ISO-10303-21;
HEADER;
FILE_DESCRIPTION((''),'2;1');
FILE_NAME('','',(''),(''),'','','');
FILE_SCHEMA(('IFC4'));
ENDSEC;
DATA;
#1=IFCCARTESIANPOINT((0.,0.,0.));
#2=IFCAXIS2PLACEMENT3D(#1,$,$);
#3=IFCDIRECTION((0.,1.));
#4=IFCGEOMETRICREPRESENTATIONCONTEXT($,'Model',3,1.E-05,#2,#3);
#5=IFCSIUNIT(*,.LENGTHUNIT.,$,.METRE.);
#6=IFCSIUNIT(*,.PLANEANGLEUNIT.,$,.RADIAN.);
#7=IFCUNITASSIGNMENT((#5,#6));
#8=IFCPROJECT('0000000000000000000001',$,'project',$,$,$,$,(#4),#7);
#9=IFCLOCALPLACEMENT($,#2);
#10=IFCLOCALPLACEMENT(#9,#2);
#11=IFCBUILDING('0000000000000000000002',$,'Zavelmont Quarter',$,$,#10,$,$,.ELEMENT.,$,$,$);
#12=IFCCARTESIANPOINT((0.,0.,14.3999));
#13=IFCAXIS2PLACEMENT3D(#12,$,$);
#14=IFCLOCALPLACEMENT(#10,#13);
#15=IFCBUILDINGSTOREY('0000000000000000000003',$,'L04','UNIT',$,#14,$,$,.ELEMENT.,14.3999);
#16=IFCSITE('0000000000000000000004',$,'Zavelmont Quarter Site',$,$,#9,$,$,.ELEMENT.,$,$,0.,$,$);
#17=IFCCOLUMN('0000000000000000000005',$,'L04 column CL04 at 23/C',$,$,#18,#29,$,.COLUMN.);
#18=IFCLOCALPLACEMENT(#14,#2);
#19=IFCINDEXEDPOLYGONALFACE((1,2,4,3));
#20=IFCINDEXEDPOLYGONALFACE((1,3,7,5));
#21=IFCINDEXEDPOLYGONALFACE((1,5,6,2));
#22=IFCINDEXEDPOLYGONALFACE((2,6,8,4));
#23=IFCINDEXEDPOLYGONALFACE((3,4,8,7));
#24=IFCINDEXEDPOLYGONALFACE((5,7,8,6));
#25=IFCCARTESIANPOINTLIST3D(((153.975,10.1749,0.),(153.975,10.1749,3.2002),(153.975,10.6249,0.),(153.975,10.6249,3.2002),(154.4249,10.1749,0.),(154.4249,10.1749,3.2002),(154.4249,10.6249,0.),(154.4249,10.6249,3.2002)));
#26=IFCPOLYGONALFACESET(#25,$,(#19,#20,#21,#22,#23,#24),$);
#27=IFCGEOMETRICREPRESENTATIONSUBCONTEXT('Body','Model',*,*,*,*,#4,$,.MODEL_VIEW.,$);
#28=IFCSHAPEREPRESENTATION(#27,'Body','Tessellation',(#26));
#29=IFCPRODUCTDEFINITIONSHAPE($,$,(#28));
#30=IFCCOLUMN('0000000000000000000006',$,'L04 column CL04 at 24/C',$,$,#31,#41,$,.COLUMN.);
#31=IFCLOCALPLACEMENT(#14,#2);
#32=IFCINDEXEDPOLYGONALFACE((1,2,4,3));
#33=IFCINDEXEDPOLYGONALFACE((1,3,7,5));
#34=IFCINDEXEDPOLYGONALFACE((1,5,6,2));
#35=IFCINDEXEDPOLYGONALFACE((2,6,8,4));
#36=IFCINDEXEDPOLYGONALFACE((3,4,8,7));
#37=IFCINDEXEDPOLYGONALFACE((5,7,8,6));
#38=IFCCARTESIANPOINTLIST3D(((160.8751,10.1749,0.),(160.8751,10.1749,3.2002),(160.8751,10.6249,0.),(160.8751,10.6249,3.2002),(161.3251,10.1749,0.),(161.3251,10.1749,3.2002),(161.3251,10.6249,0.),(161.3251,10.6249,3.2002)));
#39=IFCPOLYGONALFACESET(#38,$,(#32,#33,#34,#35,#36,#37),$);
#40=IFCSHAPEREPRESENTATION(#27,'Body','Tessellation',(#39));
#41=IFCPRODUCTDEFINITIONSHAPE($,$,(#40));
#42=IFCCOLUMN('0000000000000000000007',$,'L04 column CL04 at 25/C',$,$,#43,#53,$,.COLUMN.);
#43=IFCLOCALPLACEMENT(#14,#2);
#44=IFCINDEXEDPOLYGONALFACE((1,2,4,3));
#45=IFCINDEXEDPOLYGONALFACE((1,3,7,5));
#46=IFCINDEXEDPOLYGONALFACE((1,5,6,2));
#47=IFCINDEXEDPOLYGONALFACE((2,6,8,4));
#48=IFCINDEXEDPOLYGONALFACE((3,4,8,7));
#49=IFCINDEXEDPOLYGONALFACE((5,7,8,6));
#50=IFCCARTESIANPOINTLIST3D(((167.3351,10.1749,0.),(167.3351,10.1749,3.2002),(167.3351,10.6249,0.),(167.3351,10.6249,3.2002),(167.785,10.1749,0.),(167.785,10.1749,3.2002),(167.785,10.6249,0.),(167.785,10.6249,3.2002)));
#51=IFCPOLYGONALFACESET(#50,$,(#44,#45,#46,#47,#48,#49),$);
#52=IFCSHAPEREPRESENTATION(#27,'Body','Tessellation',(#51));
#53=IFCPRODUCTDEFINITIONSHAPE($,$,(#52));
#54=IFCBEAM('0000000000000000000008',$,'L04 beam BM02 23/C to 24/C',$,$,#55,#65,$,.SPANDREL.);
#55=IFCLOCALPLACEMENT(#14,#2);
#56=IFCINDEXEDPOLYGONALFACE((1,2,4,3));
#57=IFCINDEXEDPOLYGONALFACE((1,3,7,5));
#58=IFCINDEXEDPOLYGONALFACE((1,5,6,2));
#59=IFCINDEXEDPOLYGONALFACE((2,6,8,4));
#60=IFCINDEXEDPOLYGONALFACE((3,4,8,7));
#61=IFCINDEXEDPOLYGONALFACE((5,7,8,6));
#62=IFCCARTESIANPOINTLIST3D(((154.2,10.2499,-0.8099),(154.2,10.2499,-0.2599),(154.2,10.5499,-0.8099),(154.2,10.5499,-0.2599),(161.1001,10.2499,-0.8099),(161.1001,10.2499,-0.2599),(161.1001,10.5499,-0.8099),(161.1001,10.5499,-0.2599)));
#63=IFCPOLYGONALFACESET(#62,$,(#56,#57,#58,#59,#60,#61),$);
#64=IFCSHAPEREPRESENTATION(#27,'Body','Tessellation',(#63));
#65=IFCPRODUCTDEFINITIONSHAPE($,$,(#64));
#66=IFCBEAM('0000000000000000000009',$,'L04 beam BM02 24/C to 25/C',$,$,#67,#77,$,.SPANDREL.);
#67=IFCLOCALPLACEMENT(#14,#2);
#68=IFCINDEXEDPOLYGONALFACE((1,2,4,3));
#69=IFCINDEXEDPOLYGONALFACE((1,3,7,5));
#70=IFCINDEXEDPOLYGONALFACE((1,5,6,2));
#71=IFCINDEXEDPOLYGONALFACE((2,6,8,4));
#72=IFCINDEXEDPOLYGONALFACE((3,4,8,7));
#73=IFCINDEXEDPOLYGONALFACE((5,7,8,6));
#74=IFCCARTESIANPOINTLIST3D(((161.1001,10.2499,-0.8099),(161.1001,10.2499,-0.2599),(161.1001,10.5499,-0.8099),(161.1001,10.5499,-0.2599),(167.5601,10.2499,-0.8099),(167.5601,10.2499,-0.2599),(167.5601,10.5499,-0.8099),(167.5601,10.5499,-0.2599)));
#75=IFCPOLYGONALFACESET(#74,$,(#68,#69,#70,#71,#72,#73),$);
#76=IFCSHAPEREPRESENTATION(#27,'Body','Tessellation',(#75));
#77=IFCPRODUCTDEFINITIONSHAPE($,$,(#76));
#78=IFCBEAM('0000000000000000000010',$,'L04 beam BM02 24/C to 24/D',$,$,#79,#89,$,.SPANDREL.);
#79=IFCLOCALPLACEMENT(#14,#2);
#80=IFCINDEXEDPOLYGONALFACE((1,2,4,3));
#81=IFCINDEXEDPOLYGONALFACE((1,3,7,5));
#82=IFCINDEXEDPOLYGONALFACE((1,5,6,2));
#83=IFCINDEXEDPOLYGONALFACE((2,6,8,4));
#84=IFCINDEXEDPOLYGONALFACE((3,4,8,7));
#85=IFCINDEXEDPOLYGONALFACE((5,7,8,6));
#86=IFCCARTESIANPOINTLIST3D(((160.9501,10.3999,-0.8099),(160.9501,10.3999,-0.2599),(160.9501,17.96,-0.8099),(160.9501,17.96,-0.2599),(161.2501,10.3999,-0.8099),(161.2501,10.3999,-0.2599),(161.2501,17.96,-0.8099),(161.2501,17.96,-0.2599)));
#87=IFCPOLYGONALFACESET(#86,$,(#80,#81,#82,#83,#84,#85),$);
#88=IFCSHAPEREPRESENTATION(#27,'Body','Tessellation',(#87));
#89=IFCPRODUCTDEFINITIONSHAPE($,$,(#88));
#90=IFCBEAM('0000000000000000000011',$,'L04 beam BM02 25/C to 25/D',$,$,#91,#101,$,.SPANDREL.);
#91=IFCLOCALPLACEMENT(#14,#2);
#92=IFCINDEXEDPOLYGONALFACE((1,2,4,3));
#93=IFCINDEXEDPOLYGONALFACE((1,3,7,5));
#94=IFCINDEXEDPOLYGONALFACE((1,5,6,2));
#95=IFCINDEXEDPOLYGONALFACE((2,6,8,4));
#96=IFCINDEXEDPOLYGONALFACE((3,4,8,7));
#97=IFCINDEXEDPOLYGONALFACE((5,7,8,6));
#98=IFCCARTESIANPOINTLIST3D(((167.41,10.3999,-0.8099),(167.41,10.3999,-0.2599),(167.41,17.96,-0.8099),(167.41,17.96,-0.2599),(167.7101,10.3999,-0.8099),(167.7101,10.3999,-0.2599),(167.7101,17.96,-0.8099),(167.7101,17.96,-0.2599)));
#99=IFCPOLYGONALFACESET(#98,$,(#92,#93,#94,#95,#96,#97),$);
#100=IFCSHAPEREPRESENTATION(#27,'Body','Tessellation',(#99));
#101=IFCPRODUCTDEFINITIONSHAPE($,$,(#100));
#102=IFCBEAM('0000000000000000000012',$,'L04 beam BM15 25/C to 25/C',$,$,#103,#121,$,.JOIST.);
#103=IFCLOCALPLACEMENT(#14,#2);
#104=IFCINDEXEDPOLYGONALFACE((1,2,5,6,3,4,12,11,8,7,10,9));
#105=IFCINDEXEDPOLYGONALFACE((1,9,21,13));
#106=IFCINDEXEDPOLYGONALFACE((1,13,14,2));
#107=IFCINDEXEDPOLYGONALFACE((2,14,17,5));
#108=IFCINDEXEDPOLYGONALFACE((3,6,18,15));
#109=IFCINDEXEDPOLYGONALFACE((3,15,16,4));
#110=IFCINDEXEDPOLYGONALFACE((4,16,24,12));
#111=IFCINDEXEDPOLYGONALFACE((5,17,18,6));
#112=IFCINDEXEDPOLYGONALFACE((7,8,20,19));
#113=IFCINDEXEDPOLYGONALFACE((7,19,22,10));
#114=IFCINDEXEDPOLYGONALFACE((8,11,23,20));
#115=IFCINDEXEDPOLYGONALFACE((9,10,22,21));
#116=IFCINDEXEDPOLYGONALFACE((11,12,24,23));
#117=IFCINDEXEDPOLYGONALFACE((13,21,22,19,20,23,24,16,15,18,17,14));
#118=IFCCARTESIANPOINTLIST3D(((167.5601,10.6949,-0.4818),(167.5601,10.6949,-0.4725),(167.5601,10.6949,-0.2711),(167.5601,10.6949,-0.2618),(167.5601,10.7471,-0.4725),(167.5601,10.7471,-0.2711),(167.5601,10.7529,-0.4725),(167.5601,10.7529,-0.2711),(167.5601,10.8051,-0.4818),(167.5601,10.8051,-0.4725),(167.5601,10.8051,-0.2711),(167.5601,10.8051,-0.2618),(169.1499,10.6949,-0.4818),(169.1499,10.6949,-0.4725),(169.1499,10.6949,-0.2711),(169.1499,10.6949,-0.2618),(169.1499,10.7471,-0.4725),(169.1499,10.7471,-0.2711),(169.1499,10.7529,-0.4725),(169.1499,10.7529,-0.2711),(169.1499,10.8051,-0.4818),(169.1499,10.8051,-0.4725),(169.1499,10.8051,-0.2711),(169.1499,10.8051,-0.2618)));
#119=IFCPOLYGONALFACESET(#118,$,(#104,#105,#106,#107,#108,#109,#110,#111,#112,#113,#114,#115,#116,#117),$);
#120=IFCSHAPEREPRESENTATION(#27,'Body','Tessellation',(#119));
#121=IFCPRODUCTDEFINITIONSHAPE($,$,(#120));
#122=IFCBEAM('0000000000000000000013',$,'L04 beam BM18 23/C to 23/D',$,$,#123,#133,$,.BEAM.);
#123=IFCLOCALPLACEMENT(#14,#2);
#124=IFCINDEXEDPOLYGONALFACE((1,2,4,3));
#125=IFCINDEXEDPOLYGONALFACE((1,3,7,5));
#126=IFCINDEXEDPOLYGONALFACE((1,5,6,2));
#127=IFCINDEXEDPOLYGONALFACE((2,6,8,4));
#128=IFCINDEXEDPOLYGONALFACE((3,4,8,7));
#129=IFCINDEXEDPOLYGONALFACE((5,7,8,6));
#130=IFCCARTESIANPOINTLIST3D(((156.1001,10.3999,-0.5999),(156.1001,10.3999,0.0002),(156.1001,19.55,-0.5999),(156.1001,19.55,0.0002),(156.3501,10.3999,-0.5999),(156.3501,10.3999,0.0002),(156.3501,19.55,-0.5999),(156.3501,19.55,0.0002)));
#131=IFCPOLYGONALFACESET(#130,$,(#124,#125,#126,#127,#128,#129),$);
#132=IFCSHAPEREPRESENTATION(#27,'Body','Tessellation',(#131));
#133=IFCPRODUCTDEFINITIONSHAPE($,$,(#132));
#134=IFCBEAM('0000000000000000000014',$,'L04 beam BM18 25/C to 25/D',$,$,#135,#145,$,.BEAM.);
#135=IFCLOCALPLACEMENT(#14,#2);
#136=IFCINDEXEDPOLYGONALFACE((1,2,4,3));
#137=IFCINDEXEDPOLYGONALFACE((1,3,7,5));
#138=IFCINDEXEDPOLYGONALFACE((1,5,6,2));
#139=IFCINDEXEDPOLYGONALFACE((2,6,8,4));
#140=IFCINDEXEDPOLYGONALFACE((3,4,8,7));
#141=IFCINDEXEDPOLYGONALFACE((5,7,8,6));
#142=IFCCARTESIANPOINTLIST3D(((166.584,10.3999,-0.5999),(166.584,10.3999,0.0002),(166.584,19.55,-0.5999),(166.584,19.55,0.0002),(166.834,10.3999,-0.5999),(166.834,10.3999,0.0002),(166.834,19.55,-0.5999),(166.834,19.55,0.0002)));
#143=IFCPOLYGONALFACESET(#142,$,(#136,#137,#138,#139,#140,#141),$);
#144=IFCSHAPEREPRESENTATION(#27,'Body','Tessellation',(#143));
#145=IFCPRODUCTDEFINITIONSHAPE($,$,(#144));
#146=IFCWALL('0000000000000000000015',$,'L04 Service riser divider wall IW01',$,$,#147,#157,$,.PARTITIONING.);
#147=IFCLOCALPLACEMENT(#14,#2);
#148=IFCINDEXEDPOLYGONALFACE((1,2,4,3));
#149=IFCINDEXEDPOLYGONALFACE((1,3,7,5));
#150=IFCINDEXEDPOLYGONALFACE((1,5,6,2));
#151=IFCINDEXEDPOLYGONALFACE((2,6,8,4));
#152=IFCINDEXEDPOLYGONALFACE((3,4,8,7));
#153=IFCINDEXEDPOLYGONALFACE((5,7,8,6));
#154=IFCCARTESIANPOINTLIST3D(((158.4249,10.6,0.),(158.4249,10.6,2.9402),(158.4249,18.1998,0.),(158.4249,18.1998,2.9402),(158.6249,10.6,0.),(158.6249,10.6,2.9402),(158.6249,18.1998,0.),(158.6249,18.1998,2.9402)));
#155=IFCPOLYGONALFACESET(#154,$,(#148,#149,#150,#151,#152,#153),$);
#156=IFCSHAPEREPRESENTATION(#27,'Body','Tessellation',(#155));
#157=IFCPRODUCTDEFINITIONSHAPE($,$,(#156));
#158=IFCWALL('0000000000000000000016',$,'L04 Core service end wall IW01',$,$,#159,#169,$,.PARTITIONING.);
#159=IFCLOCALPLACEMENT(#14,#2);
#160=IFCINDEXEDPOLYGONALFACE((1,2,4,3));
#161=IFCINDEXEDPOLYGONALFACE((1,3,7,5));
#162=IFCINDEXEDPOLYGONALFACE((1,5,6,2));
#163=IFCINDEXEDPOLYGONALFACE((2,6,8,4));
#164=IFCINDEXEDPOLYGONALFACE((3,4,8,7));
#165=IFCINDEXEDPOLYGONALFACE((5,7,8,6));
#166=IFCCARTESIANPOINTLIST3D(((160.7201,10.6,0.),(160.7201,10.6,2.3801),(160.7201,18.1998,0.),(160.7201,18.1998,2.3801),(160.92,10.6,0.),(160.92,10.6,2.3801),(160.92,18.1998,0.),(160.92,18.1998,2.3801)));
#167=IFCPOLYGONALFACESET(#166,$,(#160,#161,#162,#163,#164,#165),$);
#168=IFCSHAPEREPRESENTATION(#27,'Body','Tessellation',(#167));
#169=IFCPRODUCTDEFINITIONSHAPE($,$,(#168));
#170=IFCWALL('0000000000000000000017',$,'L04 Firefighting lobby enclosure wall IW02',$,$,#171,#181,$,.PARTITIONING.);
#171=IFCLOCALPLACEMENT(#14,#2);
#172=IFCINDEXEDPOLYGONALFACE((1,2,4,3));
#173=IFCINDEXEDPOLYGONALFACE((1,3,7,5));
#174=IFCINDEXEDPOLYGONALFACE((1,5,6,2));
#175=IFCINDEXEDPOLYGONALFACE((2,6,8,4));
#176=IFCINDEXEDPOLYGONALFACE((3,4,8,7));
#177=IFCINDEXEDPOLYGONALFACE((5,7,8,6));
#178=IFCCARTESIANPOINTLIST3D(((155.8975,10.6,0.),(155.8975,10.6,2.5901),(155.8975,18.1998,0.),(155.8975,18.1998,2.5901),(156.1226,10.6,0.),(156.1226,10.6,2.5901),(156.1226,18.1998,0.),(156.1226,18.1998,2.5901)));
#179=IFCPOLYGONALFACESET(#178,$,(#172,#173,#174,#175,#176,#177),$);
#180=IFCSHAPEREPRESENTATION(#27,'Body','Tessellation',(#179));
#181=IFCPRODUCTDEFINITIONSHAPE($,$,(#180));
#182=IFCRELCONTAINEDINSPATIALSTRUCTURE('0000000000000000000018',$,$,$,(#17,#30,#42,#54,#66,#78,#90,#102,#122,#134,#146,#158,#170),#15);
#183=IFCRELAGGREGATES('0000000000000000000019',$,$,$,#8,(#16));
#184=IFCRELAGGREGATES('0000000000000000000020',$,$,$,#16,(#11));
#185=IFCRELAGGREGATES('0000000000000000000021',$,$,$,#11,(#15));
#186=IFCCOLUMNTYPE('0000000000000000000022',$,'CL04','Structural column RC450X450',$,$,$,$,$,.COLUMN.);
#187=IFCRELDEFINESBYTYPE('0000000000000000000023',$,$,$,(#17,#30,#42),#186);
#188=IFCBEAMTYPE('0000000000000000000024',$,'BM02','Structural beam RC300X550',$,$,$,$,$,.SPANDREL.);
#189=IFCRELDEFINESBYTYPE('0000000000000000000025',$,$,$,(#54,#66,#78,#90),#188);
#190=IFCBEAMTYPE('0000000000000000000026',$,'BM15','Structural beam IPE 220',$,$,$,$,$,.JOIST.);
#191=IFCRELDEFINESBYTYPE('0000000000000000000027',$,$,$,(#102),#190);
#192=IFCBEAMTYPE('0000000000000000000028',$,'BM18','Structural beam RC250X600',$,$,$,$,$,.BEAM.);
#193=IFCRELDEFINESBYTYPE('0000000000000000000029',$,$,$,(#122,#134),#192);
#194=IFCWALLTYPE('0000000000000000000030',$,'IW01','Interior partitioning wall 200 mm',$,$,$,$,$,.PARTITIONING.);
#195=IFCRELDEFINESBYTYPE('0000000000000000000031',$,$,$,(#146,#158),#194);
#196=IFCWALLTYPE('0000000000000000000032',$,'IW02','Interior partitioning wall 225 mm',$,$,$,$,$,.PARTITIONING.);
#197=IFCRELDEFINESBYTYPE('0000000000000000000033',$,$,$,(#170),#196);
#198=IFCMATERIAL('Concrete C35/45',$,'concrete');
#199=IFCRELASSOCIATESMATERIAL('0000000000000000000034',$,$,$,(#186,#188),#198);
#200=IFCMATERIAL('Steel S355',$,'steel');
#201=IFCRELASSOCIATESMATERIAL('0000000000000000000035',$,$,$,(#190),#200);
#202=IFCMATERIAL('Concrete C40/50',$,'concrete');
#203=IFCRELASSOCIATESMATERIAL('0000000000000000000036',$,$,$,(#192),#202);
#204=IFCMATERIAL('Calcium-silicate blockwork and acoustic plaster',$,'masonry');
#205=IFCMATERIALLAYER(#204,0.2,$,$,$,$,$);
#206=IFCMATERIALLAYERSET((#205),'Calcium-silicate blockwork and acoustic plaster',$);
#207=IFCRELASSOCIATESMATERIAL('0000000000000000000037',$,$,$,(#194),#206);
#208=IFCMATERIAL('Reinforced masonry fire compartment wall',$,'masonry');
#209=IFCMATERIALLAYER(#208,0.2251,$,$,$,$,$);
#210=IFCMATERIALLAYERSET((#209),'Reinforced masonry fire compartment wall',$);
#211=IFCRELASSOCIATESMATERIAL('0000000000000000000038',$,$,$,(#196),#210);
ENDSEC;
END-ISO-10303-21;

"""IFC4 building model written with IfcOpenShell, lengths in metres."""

from ifc_helpers import new_model, si_unit, direction, frame, frame_2d, origin, origin_2d, place, context, subcontext, project, spatial, rectangle, i_section, extrude, material, layer, layer_set, material_profile, profile_set, type_object, element, save


model = new_model("IFC4")

# Units and contexts
model_context = context("Model", 3, precision=1e-05, world=origin(), true_north=direction((0.0, 1.0)))
body_context = subcontext(model_context, "Body", "Model", "MODEL_VIEW")
ifc_project = project(units=[si_unit("LENGTHUNIT", "METRE"), si_unit("PLANEANGLEUNIT", "RADIAN")], contexts=[model_context])

# Site, building, storey
site_placement = place(None, origin())
site = spatial("IfcSite", under=ifc_project, at=site_placement, Name="Zavelmont Quarter Site", CompositionType="ELEMENT", RefElevation=0.0)
building_placement = place(site_placement, origin())
building = spatial("IfcBuilding", under=site, at=building_placement, Name="Zavelmont Quarter", CompositionType="ELEMENT")
storey_placement = place(building_placement, frame((0.0, 0.0, 14.3999)))
storey = spatial("IfcBuildingStorey", under=building, at=storey_placement, Name="L04", Description="UNIT", CompositionType="ELEMENT", Elevation=14.3999)

# Columns
ifc_material_1 = material(Name="Concrete C35/45", Category="concrete")
ifc_material_profile_1 = material_profile(ifc_material_1, rectangle(XDim=0.45, YDim=0.45, at=origin_2d()), Name="RC450X450")
ifc_profile_set_1 = profile_set([ifc_material_profile_1], Name="Concrete C35/45")
column_type = type_object("IfcColumnType", Name="CL04", Description="Structural column RC450X450", PredefinedType="COLUMN", material=ifc_profile_set_1)
for number, where, z_axis, x_axis, name in (
    (1, (154.2, 10.3999, 0.0), (0.0, 0.0, 1.0), (1.0, 0.0, 0.0), "L04 column CL04 at 23/C"),
    (2, (161.1001, 10.3999, 0.0), (0.0, 0.0, 1.0), (1.0, 0.0, 0.0), "L04 column CL04 at 24/C"),
    (3, (167.5601, 10.3999, 0.0), (0.0, 0.0, 1.0), (1.0, 0.0, 0.0), "L04 column CL04 at 25/C"),
):
    element("IfcColumn", number, at=place(storey_placement, frame(where, z_axis=z_axis, x_axis=x_axis)), inside=storey, type_object=column_type, Name=name, PredefinedType="COLUMN", context=body_context, shape_type="SweptSolid", body=[
        extrude(rectangle(XDim=0.45, YDim=0.45, at=origin_2d()), origin(), (0.0, 0.0, 1.0), 3.2002),
    ])

# Beams
ifc_material_profile_2 = material_profile(ifc_material_1, rectangle(XDim=0.3, YDim=0.55, at=origin_2d()), Name="RC300X550")
ifc_profile_set_2 = profile_set([ifc_material_profile_2], Name="Concrete C35/45")
beam_type_1 = type_object("IfcBeamType", Name="BM02", Description="Structural beam RC300X550", PredefinedType="SPANDREL", material=ifc_profile_set_2)
beam_1_placement = place(storey_placement, frame((154.2, 10.3999, -0.5349), z_axis=(1.0, 0.0, 0.0), x_axis=(0.0, 1.0, 0.0)))
element("IfcBeam", 4, at=beam_1_placement, inside=storey, type_object=beam_type_1, Name="L04 beam BM02 23/C to 24/C", PredefinedType="SPANDREL", context=body_context, shape_type="SweptSolid", body=[
    extrude(rectangle(XDim=0.3, YDim=0.55, at=origin_2d()), origin(), (0.0, 0.0, 1.0), 6.9001),
])
beam_2_placement = place(storey_placement, frame((161.1001, 10.3999, -0.5349), z_axis=(1.0, 0.0, 0.0), x_axis=(0.0, 1.0, 0.0)))
element("IfcBeam", 5, at=beam_2_placement, inside=storey, type_object=beam_type_1, Name="L04 beam BM02 24/C to 25/C", PredefinedType="SPANDREL", context=body_context, shape_type="SweptSolid", body=[
    extrude(rectangle(XDim=0.3, YDim=0.55, at=origin_2d()), origin(), (0.0, 0.0, 1.0), 6.46),
])
for number, where, z_axis, x_axis, name in (
    (6, (161.1001, 10.3999, -0.5349), (0.0, 1.0, 0.0), (-1.0, 0.0, 0.0), "L04 beam BM02 24/C to 24/D"),
    (7, (167.5601, 10.3999, -0.5349), (0.0, 1.0, 0.0), (-1.0, 0.0, 0.0), "L04 beam BM02 25/C to 25/D"),
):
    element("IfcBeam", number, at=place(storey_placement, frame(where, z_axis=z_axis, x_axis=x_axis)), inside=storey, type_object=beam_type_1, Name=name, PredefinedType="SPANDREL", context=body_context, shape_type="SweptSolid", body=[
        extrude(rectangle(XDim=0.3, YDim=0.55, at=origin_2d()), origin(), (0.0, 0.0, 1.0), 7.5601),
    ])
ifc_material_2 = material(Name="Steel S355", Category="steel")
ifc_material_profile_3 = material_profile(ifc_material_2, i_section(OverallWidth=0.1101, OverallDepth=0.22, WebThickness=0.0059, FlangeThickness=0.0093, at=origin_2d()), Name="IPE 220")
ifc_profile_set_3 = profile_set([ifc_material_profile_3], Name="Steel S355")
beam_type_2 = type_object("IfcBeamType", Name="BM15", Description="Structural beam IPE 220", PredefinedType="JOIST", material=ifc_profile_set_3)
beam_3_placement = place(storey_placement, frame((167.5601, 10.75, -0.3718), z_axis=(1.0, 0.0, 0.0), x_axis=(0.0, 1.0, 0.0)))
element("IfcBeam", 8, at=beam_3_placement, inside=storey, type_object=beam_type_2, Name="L04 beam BM15 25/C to 25/C", PredefinedType="JOIST", context=body_context, shape_type="SweptSolid", body=[
    extrude(i_section(OverallWidth=0.1101, OverallDepth=0.22, WebThickness=0.0059, FlangeThickness=0.0093, at=origin_2d()), origin(), (0.0, 0.0, 1.0), 1.5898),
])
ifc_material_3 = material(Name="Concrete C40/50", Category="concrete")
ifc_material_profile_4 = material_profile(ifc_material_3, rectangle(XDim=0.25, YDim=0.6001, at=origin_2d()), Name="RC250X600")
ifc_profile_set_4 = profile_set([ifc_material_profile_4], Name="Concrete C40/50")
beam_type_3 = type_object("IfcBeamType", Name="BM18", Description="Structural beam RC250X600", PredefinedType="BEAM", material=ifc_profile_set_4)
for number, where, z_axis, x_axis, name in (
    (9, (156.2251, 10.3999, -0.2998), (0.0, 1.0, 0.0), (-1.0, 0.0, 0.0), "L04 beam BM18 23/C to 23/D"),
    (10, (166.709, 10.3999, -0.2998), (0.0, 1.0, 0.0), (-1.0, 0.0, 0.0), "L04 beam BM18 25/C to 25/D"),
):
    element("IfcBeam", number, at=place(storey_placement, frame(where, z_axis=z_axis, x_axis=x_axis)), inside=storey, type_object=beam_type_3, Name=name, PredefinedType="BEAM", context=body_context, shape_type="SweptSolid", body=[
        extrude(rectangle(XDim=0.25, YDim=0.6001, at=origin_2d()), origin(), (0.0, 0.0, 1.0), 9.1501),
    ])

# Walls
ifc_material_4 = material(Name="Calcium-silicate blockwork and acoustic plaster", Category="masonry")
ifc_layer_1 = layer(ifc_material_4, 0.2)
ifc_layer_set_1 = layer_set([ifc_layer_1], Name="Calcium-silicate blockwork and acoustic plaster")
wall_type_1 = type_object("IfcWallType", Name="IW01", Description="Interior partitioning wall 200 mm", PredefinedType="PARTITIONING", material=ifc_layer_set_1)
wall_1_placement = place(storey_placement, frame((158.5249, 10.6001, 0.0), z_axis=(0.0, 0.0, 1.0), x_axis=(0.0, 1.0, 0.0)))
element("IfcWall", 11, at=wall_1_placement, inside=storey, type_object=wall_type_1, Name="L04 Service riser divider wall IW01", PredefinedType="PARTITIONING", context=body_context, shape_type="SweptSolid", body=[
    extrude(rectangle(XDim=7.5999, YDim=0.2, at=frame_2d((3.7998, 0.0))), origin(), (0.0, 0.0, 1.0), 2.9402),
])
wall_2_placement = place(storey_placement, frame((160.8201, 10.6001, 0.0), z_axis=(0.0, 0.0, 1.0), x_axis=(0.0, 1.0, 0.0)))
element("IfcWall", 12, at=wall_2_placement, inside=storey, type_object=wall_type_1, Name="L04 Core service end wall IW01", PredefinedType="PARTITIONING", context=body_context, shape_type="SweptSolid", body=[
    extrude(rectangle(XDim=7.5999, YDim=0.2, at=frame_2d((3.7998, 0.0))), origin(), (0.0, 0.0, 1.0), 2.3801),
])

# Wall
ifc_material_5 = material(Name="Reinforced masonry fire compartment wall", Category="masonry")
ifc_layer_2 = layer(ifc_material_5, 0.2251)
ifc_layer_set_2 = layer_set([ifc_layer_2], Name="Reinforced masonry fire compartment wall")
wall_type_2 = type_object("IfcWallType", Name="IW02", Description="Interior partitioning wall 225 mm", PredefinedType="PARTITIONING", material=ifc_layer_set_2)
wall_3_placement = place(storey_placement, frame((156.01, 10.6001, 0.0), z_axis=(0.0, 0.0, 1.0), x_axis=(0.0, 1.0, 0.0)))
element("IfcWall", 13, at=wall_3_placement, inside=storey, type_object=wall_type_2, Name="L04 Firefighting lobby enclosure wall IW02", PredefinedType="PARTITIONING", context=body_context, shape_type="SweptSolid", body=[
    extrude(rectangle(XDim=7.5999, YDim=0.2251, at=frame_2d((3.7998, 0.0))), origin(), (0.0, 0.0, 1.0), 2.5901),
])

save(model, "model.ifc")
